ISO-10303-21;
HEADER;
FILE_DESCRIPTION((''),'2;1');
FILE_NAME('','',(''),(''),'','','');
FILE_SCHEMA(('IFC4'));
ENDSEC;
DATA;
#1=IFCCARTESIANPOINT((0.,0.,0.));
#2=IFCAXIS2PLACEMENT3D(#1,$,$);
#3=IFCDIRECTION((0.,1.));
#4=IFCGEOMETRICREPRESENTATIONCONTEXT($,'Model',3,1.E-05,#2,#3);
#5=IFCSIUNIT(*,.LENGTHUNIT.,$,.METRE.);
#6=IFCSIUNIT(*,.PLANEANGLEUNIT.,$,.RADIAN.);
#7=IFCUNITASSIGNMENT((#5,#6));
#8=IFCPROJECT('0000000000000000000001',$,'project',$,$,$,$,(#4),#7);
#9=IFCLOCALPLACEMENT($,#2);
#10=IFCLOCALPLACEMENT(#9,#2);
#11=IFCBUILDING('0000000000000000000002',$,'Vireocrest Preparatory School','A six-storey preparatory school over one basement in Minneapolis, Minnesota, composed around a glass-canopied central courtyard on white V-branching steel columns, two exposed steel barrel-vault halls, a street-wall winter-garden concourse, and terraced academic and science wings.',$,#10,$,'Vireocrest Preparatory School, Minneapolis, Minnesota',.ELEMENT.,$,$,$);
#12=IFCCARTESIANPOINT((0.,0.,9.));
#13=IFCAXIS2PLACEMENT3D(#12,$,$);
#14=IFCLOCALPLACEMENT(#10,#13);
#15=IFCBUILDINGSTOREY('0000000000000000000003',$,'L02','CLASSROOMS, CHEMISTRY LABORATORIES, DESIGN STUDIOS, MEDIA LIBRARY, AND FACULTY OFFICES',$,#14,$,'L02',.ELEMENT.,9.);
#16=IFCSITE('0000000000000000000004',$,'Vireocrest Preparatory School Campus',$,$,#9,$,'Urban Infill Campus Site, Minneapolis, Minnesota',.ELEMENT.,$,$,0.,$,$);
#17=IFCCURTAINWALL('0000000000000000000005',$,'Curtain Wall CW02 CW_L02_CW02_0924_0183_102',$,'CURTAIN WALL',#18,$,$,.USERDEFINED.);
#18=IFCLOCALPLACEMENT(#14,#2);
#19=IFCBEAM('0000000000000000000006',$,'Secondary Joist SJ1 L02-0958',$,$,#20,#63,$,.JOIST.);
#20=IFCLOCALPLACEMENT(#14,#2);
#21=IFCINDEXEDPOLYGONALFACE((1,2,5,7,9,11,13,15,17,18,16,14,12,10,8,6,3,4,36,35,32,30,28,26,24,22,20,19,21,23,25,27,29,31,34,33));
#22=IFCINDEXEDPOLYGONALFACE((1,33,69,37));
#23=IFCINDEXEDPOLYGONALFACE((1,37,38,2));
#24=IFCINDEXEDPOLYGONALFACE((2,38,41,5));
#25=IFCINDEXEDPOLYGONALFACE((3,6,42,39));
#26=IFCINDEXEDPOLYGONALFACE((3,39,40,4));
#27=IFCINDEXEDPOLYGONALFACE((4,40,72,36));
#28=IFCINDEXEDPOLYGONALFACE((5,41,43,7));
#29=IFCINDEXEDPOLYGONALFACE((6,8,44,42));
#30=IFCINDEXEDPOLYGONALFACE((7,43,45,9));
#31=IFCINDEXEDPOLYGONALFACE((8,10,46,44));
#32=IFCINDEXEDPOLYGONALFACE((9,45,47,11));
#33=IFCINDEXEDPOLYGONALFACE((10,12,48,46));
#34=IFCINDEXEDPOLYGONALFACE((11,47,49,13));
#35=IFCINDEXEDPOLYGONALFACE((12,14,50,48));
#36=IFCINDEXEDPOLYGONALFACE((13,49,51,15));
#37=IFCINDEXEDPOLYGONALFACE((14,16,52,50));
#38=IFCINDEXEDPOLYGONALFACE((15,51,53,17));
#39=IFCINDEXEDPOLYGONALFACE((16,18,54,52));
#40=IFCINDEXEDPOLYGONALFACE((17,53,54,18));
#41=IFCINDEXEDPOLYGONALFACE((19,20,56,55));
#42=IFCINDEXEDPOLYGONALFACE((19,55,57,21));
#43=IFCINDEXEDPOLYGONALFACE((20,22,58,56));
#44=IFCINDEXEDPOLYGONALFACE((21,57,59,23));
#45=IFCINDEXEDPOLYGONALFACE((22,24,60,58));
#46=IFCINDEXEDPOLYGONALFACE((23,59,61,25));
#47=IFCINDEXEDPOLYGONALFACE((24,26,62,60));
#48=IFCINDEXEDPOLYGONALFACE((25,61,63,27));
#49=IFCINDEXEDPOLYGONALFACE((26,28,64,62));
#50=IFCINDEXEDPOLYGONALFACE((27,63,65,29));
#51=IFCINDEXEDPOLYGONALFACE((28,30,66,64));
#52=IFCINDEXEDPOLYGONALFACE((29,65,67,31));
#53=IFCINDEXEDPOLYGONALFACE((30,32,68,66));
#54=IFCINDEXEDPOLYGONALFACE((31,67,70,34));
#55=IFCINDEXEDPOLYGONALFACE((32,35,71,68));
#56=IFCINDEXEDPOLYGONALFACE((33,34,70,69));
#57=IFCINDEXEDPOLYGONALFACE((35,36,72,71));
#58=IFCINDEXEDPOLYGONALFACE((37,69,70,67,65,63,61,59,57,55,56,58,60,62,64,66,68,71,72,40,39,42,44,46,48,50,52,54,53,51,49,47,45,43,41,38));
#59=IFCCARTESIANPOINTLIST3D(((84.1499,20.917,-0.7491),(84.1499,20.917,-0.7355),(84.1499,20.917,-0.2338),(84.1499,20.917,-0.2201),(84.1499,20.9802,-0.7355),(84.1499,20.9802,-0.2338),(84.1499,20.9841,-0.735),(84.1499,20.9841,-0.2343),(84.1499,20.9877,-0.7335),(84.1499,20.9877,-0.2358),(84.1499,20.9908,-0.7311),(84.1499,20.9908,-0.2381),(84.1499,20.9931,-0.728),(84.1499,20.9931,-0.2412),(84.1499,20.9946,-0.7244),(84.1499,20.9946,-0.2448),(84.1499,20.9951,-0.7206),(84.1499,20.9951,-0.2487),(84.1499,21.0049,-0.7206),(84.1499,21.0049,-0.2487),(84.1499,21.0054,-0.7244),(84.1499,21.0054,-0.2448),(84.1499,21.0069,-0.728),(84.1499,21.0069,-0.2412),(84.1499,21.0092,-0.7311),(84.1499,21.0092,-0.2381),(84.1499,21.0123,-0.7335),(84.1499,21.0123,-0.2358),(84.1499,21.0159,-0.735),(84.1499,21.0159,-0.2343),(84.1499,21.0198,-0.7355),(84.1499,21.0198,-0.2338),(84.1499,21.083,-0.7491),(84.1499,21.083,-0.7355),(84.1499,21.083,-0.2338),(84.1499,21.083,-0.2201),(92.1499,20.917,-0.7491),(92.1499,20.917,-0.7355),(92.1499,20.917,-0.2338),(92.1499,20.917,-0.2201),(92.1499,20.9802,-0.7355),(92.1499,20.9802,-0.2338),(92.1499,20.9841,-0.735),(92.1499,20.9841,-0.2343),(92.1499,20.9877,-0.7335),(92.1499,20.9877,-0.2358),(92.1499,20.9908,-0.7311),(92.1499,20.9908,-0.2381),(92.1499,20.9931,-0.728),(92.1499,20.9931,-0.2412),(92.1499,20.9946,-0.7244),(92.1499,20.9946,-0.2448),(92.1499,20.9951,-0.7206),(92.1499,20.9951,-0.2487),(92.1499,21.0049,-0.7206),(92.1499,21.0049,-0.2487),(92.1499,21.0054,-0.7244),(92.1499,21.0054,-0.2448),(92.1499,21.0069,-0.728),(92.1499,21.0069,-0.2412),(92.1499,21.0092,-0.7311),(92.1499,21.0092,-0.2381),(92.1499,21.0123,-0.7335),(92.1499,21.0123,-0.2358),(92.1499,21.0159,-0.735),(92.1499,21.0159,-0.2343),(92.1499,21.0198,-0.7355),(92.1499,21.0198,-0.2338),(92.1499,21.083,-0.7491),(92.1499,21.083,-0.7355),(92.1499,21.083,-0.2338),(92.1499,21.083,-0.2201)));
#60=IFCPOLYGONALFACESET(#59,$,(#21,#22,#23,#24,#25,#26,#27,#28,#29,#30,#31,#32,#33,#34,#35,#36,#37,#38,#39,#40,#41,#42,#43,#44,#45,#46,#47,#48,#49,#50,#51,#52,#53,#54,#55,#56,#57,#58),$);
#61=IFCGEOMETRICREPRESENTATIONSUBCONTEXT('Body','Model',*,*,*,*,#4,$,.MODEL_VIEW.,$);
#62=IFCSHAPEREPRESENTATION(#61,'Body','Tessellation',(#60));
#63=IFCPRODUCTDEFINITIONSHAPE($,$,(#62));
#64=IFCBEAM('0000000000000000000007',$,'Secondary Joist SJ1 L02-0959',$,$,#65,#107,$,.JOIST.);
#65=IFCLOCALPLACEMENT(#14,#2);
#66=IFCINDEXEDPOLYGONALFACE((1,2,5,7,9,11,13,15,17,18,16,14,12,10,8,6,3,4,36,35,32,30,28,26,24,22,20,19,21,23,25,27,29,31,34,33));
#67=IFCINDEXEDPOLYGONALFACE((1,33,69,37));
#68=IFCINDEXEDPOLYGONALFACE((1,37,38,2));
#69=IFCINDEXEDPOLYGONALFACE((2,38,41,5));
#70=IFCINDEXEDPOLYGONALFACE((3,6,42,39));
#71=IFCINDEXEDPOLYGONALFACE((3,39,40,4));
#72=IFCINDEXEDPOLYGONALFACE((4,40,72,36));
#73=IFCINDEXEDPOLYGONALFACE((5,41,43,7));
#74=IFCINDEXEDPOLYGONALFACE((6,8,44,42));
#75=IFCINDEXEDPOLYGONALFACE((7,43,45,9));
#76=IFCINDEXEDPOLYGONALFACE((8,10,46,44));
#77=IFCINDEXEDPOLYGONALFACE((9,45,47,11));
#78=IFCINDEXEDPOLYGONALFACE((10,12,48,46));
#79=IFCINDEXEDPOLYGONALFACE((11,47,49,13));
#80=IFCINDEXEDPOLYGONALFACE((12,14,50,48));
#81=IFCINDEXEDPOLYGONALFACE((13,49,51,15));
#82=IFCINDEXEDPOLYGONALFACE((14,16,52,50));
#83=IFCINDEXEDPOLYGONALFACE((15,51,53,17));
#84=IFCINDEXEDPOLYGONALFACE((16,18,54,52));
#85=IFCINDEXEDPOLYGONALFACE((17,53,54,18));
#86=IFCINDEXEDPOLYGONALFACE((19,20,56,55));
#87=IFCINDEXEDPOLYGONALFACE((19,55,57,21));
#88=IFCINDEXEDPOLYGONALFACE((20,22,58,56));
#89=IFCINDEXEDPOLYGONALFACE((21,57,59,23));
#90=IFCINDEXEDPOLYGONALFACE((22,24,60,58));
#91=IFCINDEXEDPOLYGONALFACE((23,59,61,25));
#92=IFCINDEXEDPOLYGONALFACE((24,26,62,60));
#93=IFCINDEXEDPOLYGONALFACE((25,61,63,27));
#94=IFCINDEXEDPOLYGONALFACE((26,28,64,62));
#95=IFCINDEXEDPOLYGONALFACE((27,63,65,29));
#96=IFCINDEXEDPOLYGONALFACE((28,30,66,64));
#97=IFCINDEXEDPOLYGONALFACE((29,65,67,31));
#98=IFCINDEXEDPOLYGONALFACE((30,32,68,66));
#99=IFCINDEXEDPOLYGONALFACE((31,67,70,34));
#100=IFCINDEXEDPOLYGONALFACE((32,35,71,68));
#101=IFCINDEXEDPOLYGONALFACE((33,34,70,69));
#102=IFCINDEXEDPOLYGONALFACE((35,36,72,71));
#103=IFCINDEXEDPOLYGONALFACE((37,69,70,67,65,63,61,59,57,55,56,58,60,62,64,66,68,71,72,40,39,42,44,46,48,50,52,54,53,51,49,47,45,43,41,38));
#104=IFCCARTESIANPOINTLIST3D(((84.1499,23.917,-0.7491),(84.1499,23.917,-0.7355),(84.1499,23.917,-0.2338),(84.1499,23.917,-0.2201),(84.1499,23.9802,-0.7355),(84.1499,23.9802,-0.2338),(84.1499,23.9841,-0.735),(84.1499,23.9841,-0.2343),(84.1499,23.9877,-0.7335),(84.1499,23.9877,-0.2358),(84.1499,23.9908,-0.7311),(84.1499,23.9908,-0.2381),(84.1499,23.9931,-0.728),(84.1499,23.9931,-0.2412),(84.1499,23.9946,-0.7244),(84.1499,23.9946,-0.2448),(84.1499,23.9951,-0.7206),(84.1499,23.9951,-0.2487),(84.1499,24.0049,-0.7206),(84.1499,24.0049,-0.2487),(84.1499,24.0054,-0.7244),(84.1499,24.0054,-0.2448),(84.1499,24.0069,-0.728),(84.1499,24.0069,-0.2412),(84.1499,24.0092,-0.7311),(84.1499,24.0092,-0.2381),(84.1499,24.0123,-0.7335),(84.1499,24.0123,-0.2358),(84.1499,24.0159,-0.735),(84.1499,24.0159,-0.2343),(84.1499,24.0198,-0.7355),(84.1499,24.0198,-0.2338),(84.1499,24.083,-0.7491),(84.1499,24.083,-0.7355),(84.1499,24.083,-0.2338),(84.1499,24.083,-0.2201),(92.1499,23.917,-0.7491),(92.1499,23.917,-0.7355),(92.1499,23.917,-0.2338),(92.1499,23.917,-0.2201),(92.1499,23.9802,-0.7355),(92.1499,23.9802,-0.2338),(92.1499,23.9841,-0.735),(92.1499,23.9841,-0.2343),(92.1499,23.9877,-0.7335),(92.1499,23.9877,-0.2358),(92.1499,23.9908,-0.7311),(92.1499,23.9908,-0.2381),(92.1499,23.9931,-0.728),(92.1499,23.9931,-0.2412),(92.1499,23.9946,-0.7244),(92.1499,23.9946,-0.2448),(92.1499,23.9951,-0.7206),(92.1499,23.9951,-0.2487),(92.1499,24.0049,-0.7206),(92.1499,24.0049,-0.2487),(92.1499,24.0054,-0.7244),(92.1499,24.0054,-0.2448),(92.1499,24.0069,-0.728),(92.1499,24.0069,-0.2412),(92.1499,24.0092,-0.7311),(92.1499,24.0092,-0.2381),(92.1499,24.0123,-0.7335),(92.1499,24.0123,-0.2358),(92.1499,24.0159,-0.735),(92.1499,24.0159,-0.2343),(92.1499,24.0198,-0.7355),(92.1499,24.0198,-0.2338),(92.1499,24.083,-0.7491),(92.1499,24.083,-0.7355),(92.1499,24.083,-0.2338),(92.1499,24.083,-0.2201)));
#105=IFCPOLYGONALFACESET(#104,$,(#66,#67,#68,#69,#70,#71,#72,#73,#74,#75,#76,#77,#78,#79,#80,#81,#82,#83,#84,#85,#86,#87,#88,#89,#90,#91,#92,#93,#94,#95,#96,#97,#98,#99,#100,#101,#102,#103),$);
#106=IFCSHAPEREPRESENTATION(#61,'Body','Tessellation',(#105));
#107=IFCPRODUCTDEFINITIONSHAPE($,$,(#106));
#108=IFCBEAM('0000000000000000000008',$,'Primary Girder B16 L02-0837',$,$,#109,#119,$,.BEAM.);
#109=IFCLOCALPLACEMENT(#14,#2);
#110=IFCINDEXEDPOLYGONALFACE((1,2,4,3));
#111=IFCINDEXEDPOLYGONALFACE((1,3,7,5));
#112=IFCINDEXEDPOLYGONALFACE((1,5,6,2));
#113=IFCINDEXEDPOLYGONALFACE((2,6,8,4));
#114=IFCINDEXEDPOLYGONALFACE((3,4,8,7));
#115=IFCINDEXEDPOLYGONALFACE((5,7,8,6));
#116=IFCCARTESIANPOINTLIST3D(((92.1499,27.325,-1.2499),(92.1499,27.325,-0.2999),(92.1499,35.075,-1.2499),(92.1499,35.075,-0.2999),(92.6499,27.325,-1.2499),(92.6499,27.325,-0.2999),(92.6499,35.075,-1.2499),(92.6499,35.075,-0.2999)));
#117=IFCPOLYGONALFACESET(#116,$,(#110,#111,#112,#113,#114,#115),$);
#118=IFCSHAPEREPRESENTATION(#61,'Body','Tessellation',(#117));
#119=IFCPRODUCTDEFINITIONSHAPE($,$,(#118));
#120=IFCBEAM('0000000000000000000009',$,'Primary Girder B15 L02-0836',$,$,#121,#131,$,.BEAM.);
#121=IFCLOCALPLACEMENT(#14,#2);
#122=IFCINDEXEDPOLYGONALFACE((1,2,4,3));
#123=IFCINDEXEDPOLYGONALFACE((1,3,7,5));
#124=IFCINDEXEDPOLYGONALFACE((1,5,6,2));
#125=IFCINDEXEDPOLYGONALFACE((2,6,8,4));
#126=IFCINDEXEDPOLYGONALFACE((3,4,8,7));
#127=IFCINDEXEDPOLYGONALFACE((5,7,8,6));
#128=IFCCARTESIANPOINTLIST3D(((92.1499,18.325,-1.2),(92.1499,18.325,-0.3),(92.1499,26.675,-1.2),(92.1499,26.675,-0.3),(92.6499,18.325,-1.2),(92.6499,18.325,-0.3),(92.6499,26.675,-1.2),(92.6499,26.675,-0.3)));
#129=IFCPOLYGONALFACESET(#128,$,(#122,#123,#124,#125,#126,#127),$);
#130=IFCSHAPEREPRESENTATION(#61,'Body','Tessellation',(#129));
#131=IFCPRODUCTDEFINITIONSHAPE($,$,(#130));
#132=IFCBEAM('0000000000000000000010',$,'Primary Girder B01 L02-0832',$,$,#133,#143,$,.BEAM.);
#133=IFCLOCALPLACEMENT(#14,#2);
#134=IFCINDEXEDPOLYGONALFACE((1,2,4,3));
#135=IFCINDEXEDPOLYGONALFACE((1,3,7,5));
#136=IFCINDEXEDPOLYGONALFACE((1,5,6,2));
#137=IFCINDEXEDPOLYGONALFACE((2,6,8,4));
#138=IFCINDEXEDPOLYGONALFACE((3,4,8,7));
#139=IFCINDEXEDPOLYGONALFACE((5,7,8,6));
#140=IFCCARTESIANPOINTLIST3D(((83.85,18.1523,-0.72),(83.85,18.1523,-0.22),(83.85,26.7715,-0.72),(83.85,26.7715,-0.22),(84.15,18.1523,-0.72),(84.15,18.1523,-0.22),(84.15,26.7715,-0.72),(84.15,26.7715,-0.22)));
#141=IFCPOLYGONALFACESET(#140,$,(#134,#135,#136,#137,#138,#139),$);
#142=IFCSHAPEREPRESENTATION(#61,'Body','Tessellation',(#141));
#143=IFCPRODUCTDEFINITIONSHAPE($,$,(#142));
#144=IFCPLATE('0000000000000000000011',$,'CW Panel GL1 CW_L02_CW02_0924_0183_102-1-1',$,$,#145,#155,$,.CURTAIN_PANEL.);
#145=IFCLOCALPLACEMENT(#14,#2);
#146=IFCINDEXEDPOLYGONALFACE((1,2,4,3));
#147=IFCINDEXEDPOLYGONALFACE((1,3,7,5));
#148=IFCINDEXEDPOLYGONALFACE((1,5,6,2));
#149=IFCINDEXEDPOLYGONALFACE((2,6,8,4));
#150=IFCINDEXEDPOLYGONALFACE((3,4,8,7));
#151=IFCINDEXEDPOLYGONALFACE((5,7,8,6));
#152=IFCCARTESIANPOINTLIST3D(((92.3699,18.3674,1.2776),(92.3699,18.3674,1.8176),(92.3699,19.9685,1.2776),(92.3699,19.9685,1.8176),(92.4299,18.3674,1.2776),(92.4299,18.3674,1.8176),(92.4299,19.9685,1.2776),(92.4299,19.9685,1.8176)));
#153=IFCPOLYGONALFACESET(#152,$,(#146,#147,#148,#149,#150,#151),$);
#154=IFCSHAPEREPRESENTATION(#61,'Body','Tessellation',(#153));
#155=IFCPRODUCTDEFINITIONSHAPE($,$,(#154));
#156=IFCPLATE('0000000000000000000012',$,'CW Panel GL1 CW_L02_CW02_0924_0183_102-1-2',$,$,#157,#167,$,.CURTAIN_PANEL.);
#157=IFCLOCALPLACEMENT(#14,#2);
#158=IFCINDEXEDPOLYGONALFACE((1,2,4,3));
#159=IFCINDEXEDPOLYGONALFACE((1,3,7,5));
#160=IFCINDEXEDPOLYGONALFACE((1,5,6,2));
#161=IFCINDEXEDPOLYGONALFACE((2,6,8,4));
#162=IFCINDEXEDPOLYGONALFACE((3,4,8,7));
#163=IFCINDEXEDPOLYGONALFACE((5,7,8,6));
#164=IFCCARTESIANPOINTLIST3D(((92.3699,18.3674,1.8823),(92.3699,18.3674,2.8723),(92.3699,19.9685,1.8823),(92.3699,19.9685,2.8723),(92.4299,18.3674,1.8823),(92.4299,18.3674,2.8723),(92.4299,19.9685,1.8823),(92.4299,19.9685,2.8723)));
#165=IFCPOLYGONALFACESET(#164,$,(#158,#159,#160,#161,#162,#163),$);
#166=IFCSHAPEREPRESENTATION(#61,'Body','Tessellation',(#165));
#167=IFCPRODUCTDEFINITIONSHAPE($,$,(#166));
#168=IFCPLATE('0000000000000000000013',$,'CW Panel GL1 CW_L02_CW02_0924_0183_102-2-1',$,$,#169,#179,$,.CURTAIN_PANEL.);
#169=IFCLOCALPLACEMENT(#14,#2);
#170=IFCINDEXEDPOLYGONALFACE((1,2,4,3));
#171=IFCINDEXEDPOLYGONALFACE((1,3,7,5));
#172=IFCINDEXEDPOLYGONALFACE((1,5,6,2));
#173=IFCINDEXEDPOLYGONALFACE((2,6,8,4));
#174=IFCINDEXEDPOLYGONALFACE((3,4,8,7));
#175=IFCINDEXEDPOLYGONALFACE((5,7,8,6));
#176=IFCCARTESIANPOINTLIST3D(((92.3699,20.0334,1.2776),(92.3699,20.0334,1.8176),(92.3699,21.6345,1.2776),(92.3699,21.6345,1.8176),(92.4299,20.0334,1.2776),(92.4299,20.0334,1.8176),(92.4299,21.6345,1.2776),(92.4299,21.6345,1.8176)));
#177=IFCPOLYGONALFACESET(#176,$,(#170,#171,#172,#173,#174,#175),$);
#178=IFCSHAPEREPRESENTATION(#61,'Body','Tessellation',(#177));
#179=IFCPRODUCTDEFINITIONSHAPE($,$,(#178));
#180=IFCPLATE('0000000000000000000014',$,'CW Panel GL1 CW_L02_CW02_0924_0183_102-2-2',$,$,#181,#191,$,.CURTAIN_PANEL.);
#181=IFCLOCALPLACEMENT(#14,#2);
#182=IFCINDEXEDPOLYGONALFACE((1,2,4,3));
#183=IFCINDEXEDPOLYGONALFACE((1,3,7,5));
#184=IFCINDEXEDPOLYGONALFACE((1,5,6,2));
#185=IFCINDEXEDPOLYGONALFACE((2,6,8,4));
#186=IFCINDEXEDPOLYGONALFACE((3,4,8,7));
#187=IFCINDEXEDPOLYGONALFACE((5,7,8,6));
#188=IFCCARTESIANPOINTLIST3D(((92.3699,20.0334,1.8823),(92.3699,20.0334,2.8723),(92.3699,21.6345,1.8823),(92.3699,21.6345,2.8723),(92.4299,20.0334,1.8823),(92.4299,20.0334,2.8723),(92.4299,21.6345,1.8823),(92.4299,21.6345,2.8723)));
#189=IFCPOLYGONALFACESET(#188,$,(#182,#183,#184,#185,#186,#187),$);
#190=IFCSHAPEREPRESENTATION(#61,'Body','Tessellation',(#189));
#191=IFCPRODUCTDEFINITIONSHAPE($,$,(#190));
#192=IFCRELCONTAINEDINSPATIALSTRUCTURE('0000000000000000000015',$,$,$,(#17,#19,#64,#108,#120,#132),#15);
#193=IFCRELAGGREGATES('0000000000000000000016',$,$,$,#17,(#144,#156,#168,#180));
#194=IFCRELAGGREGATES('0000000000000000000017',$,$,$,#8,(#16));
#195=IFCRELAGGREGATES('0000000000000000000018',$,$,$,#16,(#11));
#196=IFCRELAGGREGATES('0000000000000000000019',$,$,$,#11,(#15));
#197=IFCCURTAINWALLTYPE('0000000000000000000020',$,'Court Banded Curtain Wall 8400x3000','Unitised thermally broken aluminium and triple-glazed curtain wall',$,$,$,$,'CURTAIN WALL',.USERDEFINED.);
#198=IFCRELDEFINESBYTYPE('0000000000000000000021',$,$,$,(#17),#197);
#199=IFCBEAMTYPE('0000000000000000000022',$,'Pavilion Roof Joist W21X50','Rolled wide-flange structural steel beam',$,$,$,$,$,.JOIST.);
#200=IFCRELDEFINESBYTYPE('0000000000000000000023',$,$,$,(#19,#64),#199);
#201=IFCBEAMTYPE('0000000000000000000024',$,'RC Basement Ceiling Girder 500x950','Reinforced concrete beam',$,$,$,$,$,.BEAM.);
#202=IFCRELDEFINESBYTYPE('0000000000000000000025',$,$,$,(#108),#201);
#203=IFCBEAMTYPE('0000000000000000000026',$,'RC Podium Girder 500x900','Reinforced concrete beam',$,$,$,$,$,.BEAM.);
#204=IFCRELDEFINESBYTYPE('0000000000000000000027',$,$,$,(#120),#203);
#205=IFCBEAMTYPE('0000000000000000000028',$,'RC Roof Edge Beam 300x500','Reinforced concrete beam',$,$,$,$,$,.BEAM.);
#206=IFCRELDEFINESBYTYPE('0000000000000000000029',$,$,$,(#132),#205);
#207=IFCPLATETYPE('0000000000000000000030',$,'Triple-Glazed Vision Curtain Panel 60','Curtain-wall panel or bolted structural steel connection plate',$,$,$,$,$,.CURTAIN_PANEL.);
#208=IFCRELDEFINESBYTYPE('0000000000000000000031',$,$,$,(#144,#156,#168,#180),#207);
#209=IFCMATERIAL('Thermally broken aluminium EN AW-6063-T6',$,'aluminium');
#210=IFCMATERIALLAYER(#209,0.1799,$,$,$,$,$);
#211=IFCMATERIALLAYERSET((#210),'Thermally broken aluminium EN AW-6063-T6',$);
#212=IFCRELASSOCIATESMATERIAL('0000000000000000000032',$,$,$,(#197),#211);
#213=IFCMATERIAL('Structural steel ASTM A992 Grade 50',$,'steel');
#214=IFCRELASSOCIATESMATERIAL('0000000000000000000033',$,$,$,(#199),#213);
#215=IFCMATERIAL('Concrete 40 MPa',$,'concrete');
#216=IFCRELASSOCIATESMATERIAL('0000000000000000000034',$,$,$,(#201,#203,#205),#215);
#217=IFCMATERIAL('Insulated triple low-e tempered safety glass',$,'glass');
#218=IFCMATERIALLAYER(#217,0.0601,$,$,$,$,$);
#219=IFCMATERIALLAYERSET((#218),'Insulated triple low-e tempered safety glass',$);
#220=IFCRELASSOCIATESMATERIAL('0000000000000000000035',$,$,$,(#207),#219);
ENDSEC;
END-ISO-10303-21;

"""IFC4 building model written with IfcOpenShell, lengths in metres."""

from ifc_helpers import new_model, si_unit, direction, frame, origin, origin_2d, place, context, subcontext, project, spatial, rectangle, i_section, extrude, material, layer, layer_set, material_profile, profile_set, type_object, element, aggregate, save


model = new_model("IFC4")

# Units and contexts
model_context = context("Model", 3, precision=1e-05, world=origin(), true_north=direction((0.0, 1.0)))
body_context = subcontext(model_context, "Body", "Model", "MODEL_VIEW")
ifc_project = project(units=[si_unit("LENGTHUNIT", "METRE"), si_unit("PLANEANGLEUNIT", "RADIAN")], contexts=[model_context])

# Site, building, storey
site_placement = place(None, origin())
site = spatial("IfcSite", under=ifc_project, at=site_placement, Name="Vireocrest Preparatory School Campus", LongName="Urban Infill Campus Site, Minneapolis, Minnesota", CompositionType="ELEMENT", RefElevation=0.0)
building_placement = place(site_placement, origin())
building = spatial("IfcBuilding", under=site, at=building_placement, Name="Vireocrest Preparatory School", Description="A six-storey preparatory school over one basement in Minneapolis, Minnesota, composed around a glass-canopied central courtyard on white V-branching steel columns, two exposed steel barrel-vault halls, a street-wall winter-garden concourse, and terraced academic and science wings.", LongName="Vireocrest Preparatory School, Minneapolis, Minnesota", CompositionType="ELEMENT")
storey_placement = place(building_placement, frame((0.0, 0.0, 9.0)))
storey = spatial("IfcBuildingStorey", under=building, at=storey_placement, Name="L02", Description="CLASSROOMS, CHEMISTRY LABORATORIES, DESIGN STUDIOS, MEDIA LIBRARY, AND FACULTY OFFICES", LongName="L02", CompositionType="ELEMENT", Elevation=9.0)

# Shared definitions
ifc_material_1 = material(Name="Structural steel ASTM A992 Grade 50", Category="steel")

# Curtain wall
ifc_material_2 = material(Name="Thermally broken aluminium EN AW-6063-T6", Category="aluminium")
ifc_layer_1 = layer(ifc_material_2, 0.1799)
ifc_layer_set_1 = layer_set([ifc_layer_1], Name="Thermally broken aluminium EN AW-6063-T6")
curtain_wall_type = type_object("IfcCurtainWallType", Name="Court Banded Curtain Wall 8400x3000", Description="Unitised thermally broken aluminium and triple-glazed curtain wall", ElementType="CURTAIN WALL", PredefinedType="USERDEFINED", material=ifc_layer_set_1)
curtain_wall_1_placement = place(storey_placement, origin())
curtain_wall_1 = element("IfcCurtainWall", 1, at=curtain_wall_1_placement, inside=storey, type_object=curtain_wall_type, Name="Curtain Wall CW02 CW_L02_CW02_0924_0183_102", ObjectType="CURTAIN WALL", PredefinedType="USERDEFINED")

# Beams
ifc_material_profile_1 = material_profile(ifc_material_1, i_section(OverallWidth=0.166, OverallDepth=0.5291, WebThickness=0.0098, FlangeThickness=0.0137, FilletRadius=0.0149, at=origin_2d()), Name="W21X50")
ifc_profile_set_1 = profile_set([ifc_material_profile_1], Name="Structural steel ASTM A992 Grade 50")
beam_type_1 = type_object("IfcBeamType", Name="Pavilion Roof Joist W21X50", Description="Rolled wide-flange structural steel beam", PredefinedType="JOIST", material=ifc_profile_set_1)
for number, where, z_axis, x_axis, name in (
    (2, (84.1499, 21.0, -0.4846), (1.0, 0.0, 0.0), (0.0, 1.0, 0.0), "Secondary Joist SJ1 L02-0958"),
    (3, (84.1499, 24.0, -0.4846), (1.0, 0.0, 0.0), (0.0, 1.0, 0.0), "Secondary Joist SJ1 L02-0959"),
):
    element("IfcBeam", number, at=place(storey_placement, frame(where, z_axis=z_axis, x_axis=x_axis)), inside=storey, type_object=beam_type_1, Name=name, PredefinedType="JOIST", context=body_context, shape_type="SweptSolid", body=[
        extrude(i_section(OverallWidth=0.166, OverallDepth=0.5291, WebThickness=0.0098, FlangeThickness=0.0137, FilletRadius=0.0149, at=origin_2d()), origin(), (0.0, 0.0, 1.0), 8.0),
    ])
ifc_material_3 = material(Name="Concrete 40 MPa", Category="concrete")
ifc_material_profile_2 = material_profile(ifc_material_3, rectangle(XDim=0.5, YDim=0.95, at=origin_2d()), Name="RC 500x950")
ifc_profile_set_2 = profile_set([ifc_material_profile_2], Name="Concrete 40 MPa")
beam_type_2 = type_object("IfcBeamType", Name="RC Basement Ceiling Girder 500x950", Description="Reinforced concrete beam", PredefinedType="BEAM", material=ifc_profile_set_2)
beam_1_placement = place(storey_placement, frame((92.3999, 27.325, -0.7749), z_axis=(0.0, 1.0, 0.0), x_axis=(-1.0, 0.0, 0.0)))
element("IfcBeam", 4, at=beam_1_placement, inside=storey, type_object=beam_type_2, Name="Primary Girder B16 L02-0837", PredefinedType="BEAM", context=body_context, shape_type="SweptSolid", body=[
    extrude(rectangle(XDim=0.5, YDim=0.95, at=origin_2d()), origin(), (0.0, 0.0, 1.0), 7.75),
])
ifc_material_profile_3 = material_profile(ifc_material_3, rectangle(XDim=0.5, YDim=0.8999, at=origin_2d()), Name="RC 500x900")
ifc_profile_set_3 = profile_set([ifc_material_profile_3], Name="Concrete 40 MPa")
beam_type_3 = type_object("IfcBeamType", Name="RC Podium Girder 500x900", Description="Reinforced concrete beam", PredefinedType="BEAM", material=ifc_profile_set_3)
beam_2_placement = place(storey_placement, frame((92.3999, 18.325, -0.75), z_axis=(0.0, 1.0, 0.0), x_axis=(-1.0, 0.0, 0.0)))
element("IfcBeam", 5, at=beam_2_placement, inside=storey, type_object=beam_type_3, Name="Primary Girder B15 L02-0836", PredefinedType="BEAM", context=body_context, shape_type="SweptSolid", body=[
    extrude(rectangle(XDim=0.5, YDim=0.8999, at=origin_2d()), origin(), (0.0, 0.0, 1.0), 8.3501),
])
ifc_material_profile_4 = material_profile(ifc_material_3, rectangle(XDim=0.3, YDim=0.5, at=origin_2d()), Name="RC 300x500")
ifc_profile_set_4 = profile_set([ifc_material_profile_4], Name="Concrete 40 MPa")
beam_type_4 = type_object("IfcBeamType", Name="RC Roof Edge Beam 300x500", Description="Reinforced concrete beam", PredefinedType="BEAM", material=ifc_profile_set_4)
beam_3_placement = place(storey_placement, frame((84.0, 18.1523, -0.47), z_axis=(0.0, 1.0, 0.0), x_axis=(-1.0, 0.0, 0.0)))
element("IfcBeam", 6, at=beam_3_placement, inside=storey, type_object=beam_type_4, Name="Primary Girder B01 L02-0832", PredefinedType="BEAM", context=body_context, shape_type="SweptSolid", body=[
    extrude(rectangle(XDim=0.3, YDim=0.5, at=origin_2d()), origin(), (0.0, 0.0, 1.0), 8.6191),
])

# Plates
ifc_material_4 = material(Name="Insulated triple low-e tempered safety glass", Category="glass")
ifc_layer_2 = layer(ifc_material_4, 0.0601)
ifc_layer_set_2 = layer_set([ifc_layer_2], Name="Insulated triple low-e tempered safety glass")
plate_type = type_object("IfcPlateType", Name="Triple-Glazed Vision Curtain Panel 60", Description="Curtain-wall panel or bolted structural steel connection plate", PredefinedType="CURTAIN_PANEL", material=ifc_layer_set_2)
plate_1_placement = place(storey_placement, frame((92.3999, 19.168, 1.2776), z_axis=(0.0, 0.0, 1.0), x_axis=(0.0, 1.0, 0.0)))
plate_1 = element("IfcPlate", 7, at=plate_1_placement, type_object=plate_type, Name="CW Panel GL1 CW_L02_CW02_0924_0183_102-1-1", PredefinedType="CURTAIN_PANEL", context=body_context, shape_type="SweptSolid", body=[
    extrude(rectangle(XDim=1.6011, YDim=0.0601, at=origin_2d()), origin(), (0.0, 0.0, 1.0), 0.54),
])
plate_2_placement = place(storey_placement, frame((92.3999, 19.168, 1.8823), z_axis=(0.0, 0.0, 1.0), x_axis=(0.0, 1.0, 0.0)))
plate_2 = element("IfcPlate", 8, at=plate_2_placement, type_object=plate_type, Name="CW Panel GL1 CW_L02_CW02_0924_0183_102-1-2", PredefinedType="CURTAIN_PANEL", context=body_context, shape_type="SweptSolid", body=[
    extrude(rectangle(XDim=1.6011, YDim=0.0601, at=origin_2d()), origin(), (0.0, 0.0, 1.0), 0.99),
])
plate_3_placement = place(storey_placement, frame((92.3999, 20.834, 1.2776), z_axis=(0.0, 0.0, 1.0), x_axis=(0.0, 1.0, 0.0)))
plate_3 = element("IfcPlate", 9, at=plate_3_placement, type_object=plate_type, Name="CW Panel GL1 CW_L02_CW02_0924_0183_102-2-1", PredefinedType="CURTAIN_PANEL", context=body_context, shape_type="SweptSolid", body=[
    extrude(rectangle(XDim=1.6011, YDim=0.0601, at=origin_2d()), origin(), (0.0, 0.0, 1.0), 0.54),
])
plate_4_placement = place(storey_placement, frame((92.3999, 20.834, 1.8823), z_axis=(0.0, 0.0, 1.0), x_axis=(0.0, 1.0, 0.0)))
plate_4 = element("IfcPlate", 10, at=plate_4_placement, type_object=plate_type, Name="CW Panel GL1 CW_L02_CW02_0924_0183_102-2-2", PredefinedType="CURTAIN_PANEL", context=body_context, shape_type="SweptSolid", body=[
    extrude(rectangle(XDim=1.6011, YDim=0.0601, at=origin_2d()), origin(), (0.0, 0.0, 1.0), 0.99),
])
aggregate(curtain_wall_1, [plate_1, plate_2, plate_3, plate_4])

save(model, "model.ifc")
